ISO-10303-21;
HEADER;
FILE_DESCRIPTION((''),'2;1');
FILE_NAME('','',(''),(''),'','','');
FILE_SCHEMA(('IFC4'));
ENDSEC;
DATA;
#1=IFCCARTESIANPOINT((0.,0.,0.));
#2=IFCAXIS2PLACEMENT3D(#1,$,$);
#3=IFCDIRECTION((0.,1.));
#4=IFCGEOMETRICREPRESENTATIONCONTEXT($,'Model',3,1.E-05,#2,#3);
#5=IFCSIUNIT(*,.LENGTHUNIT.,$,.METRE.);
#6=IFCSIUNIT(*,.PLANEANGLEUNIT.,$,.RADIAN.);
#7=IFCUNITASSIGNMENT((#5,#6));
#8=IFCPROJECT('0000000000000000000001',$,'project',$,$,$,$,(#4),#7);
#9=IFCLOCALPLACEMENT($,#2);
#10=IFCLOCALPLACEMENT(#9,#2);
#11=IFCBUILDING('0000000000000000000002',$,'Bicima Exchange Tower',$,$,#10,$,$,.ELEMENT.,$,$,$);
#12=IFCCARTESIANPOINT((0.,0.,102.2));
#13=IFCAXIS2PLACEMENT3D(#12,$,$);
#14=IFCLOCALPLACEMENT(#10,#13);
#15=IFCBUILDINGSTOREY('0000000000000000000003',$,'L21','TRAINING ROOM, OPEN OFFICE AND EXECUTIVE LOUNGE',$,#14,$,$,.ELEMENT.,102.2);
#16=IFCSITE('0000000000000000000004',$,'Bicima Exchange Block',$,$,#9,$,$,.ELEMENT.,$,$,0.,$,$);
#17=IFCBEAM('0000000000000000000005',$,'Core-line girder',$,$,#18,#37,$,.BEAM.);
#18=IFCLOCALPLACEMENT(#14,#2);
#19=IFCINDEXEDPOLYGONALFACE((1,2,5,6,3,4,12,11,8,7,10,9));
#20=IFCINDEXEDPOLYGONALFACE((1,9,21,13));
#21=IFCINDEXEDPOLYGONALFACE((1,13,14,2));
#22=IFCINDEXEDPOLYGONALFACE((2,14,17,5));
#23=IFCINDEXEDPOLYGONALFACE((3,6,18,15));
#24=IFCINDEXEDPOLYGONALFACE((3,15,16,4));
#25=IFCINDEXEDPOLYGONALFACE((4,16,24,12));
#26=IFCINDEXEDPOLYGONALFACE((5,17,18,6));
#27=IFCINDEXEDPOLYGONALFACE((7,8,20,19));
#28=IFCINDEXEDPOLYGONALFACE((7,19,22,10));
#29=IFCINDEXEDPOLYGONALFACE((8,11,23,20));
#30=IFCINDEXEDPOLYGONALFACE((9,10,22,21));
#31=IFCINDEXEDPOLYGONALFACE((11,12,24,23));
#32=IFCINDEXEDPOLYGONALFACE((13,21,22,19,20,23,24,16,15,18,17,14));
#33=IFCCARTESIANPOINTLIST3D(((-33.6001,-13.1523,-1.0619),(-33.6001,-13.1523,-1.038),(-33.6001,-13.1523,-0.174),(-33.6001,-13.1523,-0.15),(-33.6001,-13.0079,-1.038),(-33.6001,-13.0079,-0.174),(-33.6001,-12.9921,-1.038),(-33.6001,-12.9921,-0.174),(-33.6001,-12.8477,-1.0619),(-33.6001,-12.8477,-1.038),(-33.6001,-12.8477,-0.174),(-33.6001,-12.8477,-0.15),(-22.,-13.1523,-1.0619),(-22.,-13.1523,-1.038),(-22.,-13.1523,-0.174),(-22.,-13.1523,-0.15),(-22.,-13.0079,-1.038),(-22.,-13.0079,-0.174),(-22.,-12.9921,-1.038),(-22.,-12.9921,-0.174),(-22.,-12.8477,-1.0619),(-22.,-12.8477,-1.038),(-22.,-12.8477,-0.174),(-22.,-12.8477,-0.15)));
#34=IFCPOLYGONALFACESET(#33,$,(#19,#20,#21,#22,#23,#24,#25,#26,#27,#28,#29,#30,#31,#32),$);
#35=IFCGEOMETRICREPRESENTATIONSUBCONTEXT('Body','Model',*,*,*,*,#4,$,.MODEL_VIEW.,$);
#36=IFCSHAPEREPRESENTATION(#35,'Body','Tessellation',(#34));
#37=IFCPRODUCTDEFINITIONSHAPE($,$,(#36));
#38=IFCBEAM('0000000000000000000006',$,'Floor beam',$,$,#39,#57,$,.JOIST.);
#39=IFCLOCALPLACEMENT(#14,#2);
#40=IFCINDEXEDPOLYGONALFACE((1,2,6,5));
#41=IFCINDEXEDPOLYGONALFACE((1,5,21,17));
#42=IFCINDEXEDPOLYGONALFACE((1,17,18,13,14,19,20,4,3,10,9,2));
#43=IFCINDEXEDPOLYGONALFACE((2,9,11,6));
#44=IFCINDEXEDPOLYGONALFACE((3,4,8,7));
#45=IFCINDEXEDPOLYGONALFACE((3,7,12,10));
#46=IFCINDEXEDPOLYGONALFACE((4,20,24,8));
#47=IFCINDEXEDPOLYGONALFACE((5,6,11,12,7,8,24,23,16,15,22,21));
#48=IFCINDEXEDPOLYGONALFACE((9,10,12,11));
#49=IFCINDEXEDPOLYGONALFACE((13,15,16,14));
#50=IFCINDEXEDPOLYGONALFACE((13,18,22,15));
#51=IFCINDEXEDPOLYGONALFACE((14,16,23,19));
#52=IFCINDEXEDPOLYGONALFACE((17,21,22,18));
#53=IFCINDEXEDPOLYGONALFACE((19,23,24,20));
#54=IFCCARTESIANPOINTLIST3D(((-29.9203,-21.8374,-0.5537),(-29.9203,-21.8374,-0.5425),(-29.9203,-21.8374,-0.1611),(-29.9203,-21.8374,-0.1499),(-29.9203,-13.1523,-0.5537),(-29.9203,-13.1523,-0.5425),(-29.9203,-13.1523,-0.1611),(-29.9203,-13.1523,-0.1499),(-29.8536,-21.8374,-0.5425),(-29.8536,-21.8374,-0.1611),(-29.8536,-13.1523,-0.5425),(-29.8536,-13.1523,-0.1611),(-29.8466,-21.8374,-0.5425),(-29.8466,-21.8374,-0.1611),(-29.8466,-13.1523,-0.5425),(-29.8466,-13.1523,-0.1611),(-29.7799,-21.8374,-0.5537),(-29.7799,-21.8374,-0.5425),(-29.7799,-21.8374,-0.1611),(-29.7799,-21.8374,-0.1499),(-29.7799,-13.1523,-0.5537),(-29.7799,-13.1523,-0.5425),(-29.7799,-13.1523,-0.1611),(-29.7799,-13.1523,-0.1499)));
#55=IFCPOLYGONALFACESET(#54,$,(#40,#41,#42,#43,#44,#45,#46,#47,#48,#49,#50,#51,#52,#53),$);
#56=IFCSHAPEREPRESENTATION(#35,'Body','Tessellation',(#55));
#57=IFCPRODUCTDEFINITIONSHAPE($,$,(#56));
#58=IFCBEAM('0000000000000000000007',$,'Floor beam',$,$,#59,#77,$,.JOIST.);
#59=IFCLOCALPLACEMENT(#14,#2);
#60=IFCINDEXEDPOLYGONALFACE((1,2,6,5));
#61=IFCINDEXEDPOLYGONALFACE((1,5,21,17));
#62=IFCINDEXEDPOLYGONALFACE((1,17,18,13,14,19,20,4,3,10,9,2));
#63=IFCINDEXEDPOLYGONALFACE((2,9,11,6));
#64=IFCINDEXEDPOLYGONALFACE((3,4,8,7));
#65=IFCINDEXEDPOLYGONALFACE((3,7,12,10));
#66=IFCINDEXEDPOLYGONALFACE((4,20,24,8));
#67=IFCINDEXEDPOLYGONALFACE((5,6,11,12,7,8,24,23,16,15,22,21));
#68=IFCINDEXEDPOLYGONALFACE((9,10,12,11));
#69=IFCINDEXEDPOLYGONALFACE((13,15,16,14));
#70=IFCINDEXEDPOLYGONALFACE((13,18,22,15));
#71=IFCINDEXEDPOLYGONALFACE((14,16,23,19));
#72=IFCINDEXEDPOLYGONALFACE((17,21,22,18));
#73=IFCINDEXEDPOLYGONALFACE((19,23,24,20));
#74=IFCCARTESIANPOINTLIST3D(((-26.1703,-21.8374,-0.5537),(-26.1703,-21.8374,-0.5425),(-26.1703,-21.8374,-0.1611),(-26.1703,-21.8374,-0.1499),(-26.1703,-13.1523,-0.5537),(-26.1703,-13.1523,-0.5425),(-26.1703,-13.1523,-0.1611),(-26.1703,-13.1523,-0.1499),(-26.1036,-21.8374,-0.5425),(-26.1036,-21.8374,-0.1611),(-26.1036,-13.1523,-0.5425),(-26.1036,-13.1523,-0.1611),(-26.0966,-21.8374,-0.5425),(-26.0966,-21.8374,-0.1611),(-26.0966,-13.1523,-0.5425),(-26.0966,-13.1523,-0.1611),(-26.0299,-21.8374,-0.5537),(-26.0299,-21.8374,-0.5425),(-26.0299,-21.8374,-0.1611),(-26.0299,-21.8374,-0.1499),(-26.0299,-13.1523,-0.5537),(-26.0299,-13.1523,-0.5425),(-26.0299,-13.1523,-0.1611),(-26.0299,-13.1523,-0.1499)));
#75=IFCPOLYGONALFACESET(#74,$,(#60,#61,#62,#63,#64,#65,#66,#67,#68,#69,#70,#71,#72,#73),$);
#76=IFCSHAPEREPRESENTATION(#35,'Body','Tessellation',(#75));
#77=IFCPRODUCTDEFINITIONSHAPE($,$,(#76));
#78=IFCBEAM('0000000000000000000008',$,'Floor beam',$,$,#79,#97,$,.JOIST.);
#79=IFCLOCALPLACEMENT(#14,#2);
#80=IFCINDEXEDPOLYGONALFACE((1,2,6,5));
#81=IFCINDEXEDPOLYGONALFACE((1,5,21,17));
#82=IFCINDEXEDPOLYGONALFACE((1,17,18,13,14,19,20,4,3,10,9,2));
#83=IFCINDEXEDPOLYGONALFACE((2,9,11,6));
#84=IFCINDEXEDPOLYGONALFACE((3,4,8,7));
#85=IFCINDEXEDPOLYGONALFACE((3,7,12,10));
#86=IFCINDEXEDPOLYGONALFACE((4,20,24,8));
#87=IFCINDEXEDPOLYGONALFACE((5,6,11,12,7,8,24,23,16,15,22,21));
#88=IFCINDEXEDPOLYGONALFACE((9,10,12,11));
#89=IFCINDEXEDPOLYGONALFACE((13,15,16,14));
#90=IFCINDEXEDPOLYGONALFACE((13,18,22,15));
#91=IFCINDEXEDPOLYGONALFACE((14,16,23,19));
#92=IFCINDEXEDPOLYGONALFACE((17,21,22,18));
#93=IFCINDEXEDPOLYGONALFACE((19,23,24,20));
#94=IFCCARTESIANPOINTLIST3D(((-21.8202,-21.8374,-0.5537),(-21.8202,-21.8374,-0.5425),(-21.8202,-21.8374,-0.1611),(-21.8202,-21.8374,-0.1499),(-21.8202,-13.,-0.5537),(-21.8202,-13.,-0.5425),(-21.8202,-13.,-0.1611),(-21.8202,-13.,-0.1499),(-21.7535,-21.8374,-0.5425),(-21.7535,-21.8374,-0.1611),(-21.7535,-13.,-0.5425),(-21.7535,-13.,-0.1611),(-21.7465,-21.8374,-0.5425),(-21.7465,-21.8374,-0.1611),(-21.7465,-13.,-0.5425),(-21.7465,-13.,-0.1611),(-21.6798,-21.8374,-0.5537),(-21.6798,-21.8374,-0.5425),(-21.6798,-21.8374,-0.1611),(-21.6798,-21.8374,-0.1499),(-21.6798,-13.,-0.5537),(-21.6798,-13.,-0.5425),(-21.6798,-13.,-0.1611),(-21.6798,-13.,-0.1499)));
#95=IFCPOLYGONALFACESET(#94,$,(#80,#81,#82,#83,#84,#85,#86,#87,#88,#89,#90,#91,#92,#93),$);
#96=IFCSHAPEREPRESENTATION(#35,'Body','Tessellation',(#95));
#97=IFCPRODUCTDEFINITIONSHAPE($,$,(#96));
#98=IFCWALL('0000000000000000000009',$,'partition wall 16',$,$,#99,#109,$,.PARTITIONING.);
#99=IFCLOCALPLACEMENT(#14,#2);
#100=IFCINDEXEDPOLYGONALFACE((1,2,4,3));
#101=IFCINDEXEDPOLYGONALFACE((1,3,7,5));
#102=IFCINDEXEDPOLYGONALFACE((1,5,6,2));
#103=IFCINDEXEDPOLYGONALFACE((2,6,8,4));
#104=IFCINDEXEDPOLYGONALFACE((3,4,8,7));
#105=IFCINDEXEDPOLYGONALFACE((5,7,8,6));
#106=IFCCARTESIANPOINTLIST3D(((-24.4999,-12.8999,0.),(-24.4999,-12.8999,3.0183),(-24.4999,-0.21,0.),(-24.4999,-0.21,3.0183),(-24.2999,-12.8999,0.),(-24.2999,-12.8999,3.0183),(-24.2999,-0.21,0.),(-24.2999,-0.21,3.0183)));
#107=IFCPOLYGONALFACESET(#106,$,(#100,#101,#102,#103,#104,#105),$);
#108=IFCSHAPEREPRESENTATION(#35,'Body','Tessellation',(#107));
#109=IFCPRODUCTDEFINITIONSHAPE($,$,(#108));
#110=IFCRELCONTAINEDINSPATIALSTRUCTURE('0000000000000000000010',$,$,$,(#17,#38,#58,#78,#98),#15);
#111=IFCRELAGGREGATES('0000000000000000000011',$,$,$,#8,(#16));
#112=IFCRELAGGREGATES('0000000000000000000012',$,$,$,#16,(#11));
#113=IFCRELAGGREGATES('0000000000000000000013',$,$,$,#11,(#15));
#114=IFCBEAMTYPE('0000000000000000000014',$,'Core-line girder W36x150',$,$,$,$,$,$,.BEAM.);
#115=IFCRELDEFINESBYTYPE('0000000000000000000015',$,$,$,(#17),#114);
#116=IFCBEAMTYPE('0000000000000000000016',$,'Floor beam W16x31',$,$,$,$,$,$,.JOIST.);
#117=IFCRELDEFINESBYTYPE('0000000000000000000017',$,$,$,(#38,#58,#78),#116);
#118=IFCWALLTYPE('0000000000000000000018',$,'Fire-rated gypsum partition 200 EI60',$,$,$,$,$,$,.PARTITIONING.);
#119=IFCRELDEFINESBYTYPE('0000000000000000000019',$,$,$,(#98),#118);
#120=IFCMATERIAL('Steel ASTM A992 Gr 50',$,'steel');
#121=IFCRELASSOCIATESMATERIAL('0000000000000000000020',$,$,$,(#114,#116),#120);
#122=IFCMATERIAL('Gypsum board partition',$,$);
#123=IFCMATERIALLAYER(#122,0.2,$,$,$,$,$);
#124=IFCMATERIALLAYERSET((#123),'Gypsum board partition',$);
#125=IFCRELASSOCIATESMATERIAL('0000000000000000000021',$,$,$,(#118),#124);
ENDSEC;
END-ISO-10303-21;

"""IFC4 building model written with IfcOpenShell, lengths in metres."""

from ifc_helpers import new_model, si_unit, direction, frame, frame_2d, origin, origin_2d, place, context, subcontext, project, spatial, rectangle, i_section, extrude, material, layer, layer_set, material_profile, profile_set, type_object, element, save


model = new_model("IFC4")

# Units and contexts
model_context = context("Model", 3, precision=1e-05, world=origin(), true_north=direction((0.0, 1.0)))
body_context = subcontext(model_context, "Body", "Model", "MODEL_VIEW")
ifc_project = project(units=[si_unit("LENGTHUNIT", "METRE"), si_unit("PLANEANGLEUNIT", "RADIAN")], contexts=[model_context])

# Site, building, storey
site_placement = place(None, origin())
site = spatial("IfcSite", under=ifc_project, at=site_placement, Name="Bicima Exchange Block", CompositionType="ELEMENT", RefElevation=0.0)
building_placement = place(site_placement, origin())
building = spatial("IfcBuilding", under=site, at=building_placement, Name="Bicima Exchange Tower", CompositionType="ELEMENT")
storey_placement = place(building_placement, frame((0.0, 0.0, 102.2)))
storey = spatial("IfcBuildingStorey", under=building, at=storey_placement, Name="L21", Description="TRAINING ROOM, OPEN OFFICE AND EXECUTIVE LOUNGE", CompositionType="ELEMENT", Elevation=102.2)

# Beams
ifc_material_1 = material(Name="Steel ASTM A992 Gr 50", Category="steel")
ifc_material_profile_1 = material_profile(ifc_material_1, i_section(OverallWidth=0.3047, OverallDepth=0.9119, WebThickness=0.0159, FlangeThickness=0.0239, at=origin_2d()))
ifc_profile_set_1 = profile_set([ifc_material_profile_1], Name="Steel ASTM A992 Gr 50")
beam_type_1 = type_object("IfcBeamType", Name="Core-line girder W36x150", PredefinedType="BEAM", material=ifc_profile_set_1)
beam_1_placement = place(storey_placement, frame((-22.0, -13.0, -0.606), z_axis=(-1.0, 0.0, 0.0), x_axis=(0.0, -1.0, 0.0)))
element("IfcBeam", 1, at=beam_1_placement, inside=storey, type_object=beam_type_1, Name="Core-line girder", PredefinedType="BEAM", context=body_context, shape_type="SweptSolid", body=[
    extrude(i_section(OverallWidth=0.3047, OverallDepth=0.9119, WebThickness=0.0159, FlangeThickness=0.0239, at=origin_2d()), origin(), (0.0, 0.0, 1.0), 11.6001),
])
ifc_material_profile_2 = material_profile(ifc_material_1, i_section(OverallWidth=0.1404, OverallDepth=0.4038, WebThickness=0.0071, FlangeThickness=0.0112, at=origin_2d()))
ifc_profile_set_2 = profile_set([ifc_material_profile_2], Name="Steel ASTM A992 Gr 50")
beam_type_2 = type_object("IfcBeamType", Name="Floor beam W16x31", PredefinedType="JOIST", material=ifc_profile_set_2)
for number, where, z_axis, x_axis, name in (
    (2, (-29.8501, -13.1523, -0.3518), (0.0, -1.0, 0.0), (1.0, 0.0, 0.0), "Floor beam"),
    (3, (-26.1001, -13.1523, -0.3518), (0.0, -1.0, 0.0), (1.0, 0.0, 0.0), "Floor beam"),
):
    element("IfcBeam", number, at=place(storey_placement, frame(where, z_axis=z_axis, x_axis=x_axis)), inside=storey, type_object=beam_type_2, Name=name, PredefinedType="JOIST", context=body_context, shape_type="SweptSolid", body=[
        extrude(i_section(OverallWidth=0.1404, OverallDepth=0.4038, WebThickness=0.0071, FlangeThickness=0.0112, at=origin_2d()), origin(), (0.0, 0.0, 1.0), 8.6851),
    ])
beam_2_placement = place(storey_placement, frame((-21.75, -13.0, -0.3518), z_axis=(0.0, -1.0, 0.0), x_axis=(1.0, 0.0, 0.0)))
element("IfcBeam", 4, at=beam_2_placement, inside=storey, type_object=beam_type_2, Name="Floor beam", PredefinedType="JOIST", context=body_context, shape_type="SweptSolid", body=[
    extrude(i_section(OverallWidth=0.1404, OverallDepth=0.4038, WebThickness=0.0071, FlangeThickness=0.0112, at=origin_2d()), origin(), (0.0, 0.0, 1.0), 8.8374),
])

# Wall
ifc_material_2 = material(Name="Gypsum board partition")
ifc_layer_1 = layer(ifc_material_2, 0.2)
ifc_layer_set_1 = layer_set([ifc_layer_1], Name="Gypsum board partition")
wall_type_1 = type_object("IfcWallType", Name="Fire-rated gypsum partition 200 EI60", PredefinedType="PARTITIONING", material=ifc_layer_set_1)
wall_1_placement = place(storey_placement, frame((-24.3999, -12.8999, 0.0), z_axis=(0.0, 0.0, 1.0), x_axis=(0.0, 1.0, 0.0)))
element("IfcWall", 5, at=wall_1_placement, inside=storey, type_object=wall_type_1, Name="partition wall 16", PredefinedType="PARTITIONING", context=body_context, shape_type="SweptSolid", body=[
    extrude(rectangle(XDim=12.6899, YDim=0.2, at=frame_2d((6.345, 0.0))), origin(), (0.0, 0.0, 1.0), 3.0183),
])

save(model, "model.ifc")
